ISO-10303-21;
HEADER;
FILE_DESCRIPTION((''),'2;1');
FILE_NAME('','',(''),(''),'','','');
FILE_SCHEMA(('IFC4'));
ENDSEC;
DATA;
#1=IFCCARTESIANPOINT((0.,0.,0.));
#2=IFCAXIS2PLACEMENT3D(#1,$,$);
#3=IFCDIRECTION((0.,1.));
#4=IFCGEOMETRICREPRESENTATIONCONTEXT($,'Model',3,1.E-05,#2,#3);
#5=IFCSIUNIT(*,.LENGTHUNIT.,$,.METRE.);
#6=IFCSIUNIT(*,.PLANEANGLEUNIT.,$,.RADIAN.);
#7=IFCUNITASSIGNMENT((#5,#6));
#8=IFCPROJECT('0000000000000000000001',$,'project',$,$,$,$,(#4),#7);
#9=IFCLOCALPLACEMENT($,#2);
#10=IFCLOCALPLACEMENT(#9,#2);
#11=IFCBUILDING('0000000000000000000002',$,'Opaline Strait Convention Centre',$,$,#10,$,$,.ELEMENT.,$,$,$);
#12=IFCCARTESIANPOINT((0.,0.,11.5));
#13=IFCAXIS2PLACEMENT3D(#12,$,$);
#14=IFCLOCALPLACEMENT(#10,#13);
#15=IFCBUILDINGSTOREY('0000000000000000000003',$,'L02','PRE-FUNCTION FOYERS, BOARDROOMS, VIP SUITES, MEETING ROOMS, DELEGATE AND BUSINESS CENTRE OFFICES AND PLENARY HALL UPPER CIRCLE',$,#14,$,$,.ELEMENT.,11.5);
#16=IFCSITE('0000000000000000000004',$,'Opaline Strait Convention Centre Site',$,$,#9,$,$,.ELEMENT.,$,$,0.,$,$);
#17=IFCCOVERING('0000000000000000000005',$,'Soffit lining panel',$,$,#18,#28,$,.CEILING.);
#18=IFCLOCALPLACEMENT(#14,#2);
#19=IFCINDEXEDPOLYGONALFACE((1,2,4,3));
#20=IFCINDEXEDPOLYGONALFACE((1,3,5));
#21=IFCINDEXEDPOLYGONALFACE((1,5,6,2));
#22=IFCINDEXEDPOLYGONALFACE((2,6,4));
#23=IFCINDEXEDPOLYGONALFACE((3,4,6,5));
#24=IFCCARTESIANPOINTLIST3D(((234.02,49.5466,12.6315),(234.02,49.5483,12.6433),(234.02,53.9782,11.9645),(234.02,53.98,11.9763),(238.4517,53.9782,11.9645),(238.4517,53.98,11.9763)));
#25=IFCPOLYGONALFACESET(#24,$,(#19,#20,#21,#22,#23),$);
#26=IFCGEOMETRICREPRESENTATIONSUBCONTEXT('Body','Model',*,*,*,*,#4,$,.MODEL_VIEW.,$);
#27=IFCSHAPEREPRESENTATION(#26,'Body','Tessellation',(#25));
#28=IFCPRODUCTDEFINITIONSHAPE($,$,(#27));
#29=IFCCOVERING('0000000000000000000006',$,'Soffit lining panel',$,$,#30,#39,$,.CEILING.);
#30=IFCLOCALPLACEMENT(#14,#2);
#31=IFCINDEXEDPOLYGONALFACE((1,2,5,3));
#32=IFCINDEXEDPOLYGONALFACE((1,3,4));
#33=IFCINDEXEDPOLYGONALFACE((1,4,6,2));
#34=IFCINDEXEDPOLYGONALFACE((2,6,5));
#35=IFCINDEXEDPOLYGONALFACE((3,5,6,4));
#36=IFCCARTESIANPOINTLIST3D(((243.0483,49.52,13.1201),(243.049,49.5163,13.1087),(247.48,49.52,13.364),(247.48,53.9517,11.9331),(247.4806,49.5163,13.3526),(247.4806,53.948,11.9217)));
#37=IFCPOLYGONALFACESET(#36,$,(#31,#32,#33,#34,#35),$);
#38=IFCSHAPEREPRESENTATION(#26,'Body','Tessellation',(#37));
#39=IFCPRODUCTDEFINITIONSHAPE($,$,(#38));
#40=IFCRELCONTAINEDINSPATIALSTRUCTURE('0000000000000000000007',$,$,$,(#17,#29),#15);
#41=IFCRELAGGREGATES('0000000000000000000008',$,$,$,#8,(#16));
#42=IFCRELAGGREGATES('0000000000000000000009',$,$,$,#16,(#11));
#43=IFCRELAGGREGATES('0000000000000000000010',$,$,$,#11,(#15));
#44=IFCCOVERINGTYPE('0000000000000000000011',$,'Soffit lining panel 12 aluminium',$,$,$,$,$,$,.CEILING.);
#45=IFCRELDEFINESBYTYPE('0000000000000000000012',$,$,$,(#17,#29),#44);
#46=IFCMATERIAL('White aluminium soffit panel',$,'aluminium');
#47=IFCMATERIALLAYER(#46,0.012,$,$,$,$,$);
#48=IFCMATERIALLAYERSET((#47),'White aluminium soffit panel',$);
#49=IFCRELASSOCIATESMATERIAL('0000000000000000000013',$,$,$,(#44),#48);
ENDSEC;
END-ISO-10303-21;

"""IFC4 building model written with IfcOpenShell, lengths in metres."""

from ifc_helpers import new_model, si_unit, direction, frame, origin, place, context, subcontext, project, spatial, polyline, outline, extrude, material, layer, layer_set, type_object, element, save


model = new_model("IFC4")

# Units and contexts
model_context = context("Model", 3, precision=1e-05, world=origin(), true_north=direction((0.0, 1.0)))
body_context = subcontext(model_context, "Body", "Model", "MODEL_VIEW")
ifc_project = project(units=[si_unit("LENGTHUNIT", "METRE"), si_unit("PLANEANGLEUNIT", "RADIAN")], contexts=[model_context])

# Site, building, storey
site_placement = place(None, origin())
site = spatial("IfcSite", under=ifc_project, at=site_placement, Name="Opaline Strait Convention Centre Site", CompositionType="ELEMENT", RefElevation=0.0)
building_placement = place(site_placement, origin())
building = spatial("IfcBuilding", under=site, at=building_placement, Name="Opaline Strait Convention Centre", CompositionType="ELEMENT")
storey_placement = place(building_placement, frame((0.0, 0.0, 11.5)))
storey = spatial("IfcBuildingStorey", under=building, at=storey_placement, Name="L02", Description="PRE-FUNCTION FOYERS, BOARDROOMS, VIP SUITES, MEETING ROOMS, DELEGATE AND BUSINESS CENTRE OFFICES AND PLENARY HALL UPPER CIRCLE", CompositionType="ELEMENT", Elevation=11.5)

# Coverings
ifc_material_1 = material(Name="White aluminium soffit panel", Category="aluminium")
ifc_layer = layer(ifc_material_1, 0.012)
ifc_layer_set = layer_set([ifc_layer], Name="White aluminium soffit panel")
covering_type_1 = type_object("IfcCoveringType", Name="Soffit lining panel 12 aluminium", PredefinedType="CEILING", material=ifc_layer_set)
covering_1_placement = place(storey_placement, frame((234.02, 49.5483, 12.6433), z_axis=(0.0, 0.148831, 0.988863), x_axis=(0.0, 0.988863, -0.148831)))
element("IfcCovering", 1, at=covering_1_placement, inside=storey, type_object=covering_type_1, Name="Soffit lining panel", PredefinedType="CEILING", context=body_context, shape_type="SweptSolid", body=[
    extrude(outline(polyline([(0.0, 0.0), (4.4816, 0.0), (4.4816, -4.4316), (0.0, 0.0)])), origin(), (0.0, 0.0, -1.0), 0.012),
])
covering_2_placement = place(storey_placement, frame((243.0483, 49.52, 13.1201), z_axis=(-0.052301, 0.306844, 0.950322), x_axis=(0.694756, 0.694756, -0.18609)))
element("IfcCovering", 2, at=covering_2_placement, inside=storey, type_object=covering_type_1, Name="Soffit lining panel", PredefinedType="CEILING", context=body_context, shape_type="SweptSolid", body=[
    extrude(outline(polyline([(0.0, 0.0), (6.3787, 0.0), (3.0335, -3.2399), (0.0, 0.0)])), origin(), (0.0, 0.0, -1.0), 0.012),
])

save(model, "model.ifc")
